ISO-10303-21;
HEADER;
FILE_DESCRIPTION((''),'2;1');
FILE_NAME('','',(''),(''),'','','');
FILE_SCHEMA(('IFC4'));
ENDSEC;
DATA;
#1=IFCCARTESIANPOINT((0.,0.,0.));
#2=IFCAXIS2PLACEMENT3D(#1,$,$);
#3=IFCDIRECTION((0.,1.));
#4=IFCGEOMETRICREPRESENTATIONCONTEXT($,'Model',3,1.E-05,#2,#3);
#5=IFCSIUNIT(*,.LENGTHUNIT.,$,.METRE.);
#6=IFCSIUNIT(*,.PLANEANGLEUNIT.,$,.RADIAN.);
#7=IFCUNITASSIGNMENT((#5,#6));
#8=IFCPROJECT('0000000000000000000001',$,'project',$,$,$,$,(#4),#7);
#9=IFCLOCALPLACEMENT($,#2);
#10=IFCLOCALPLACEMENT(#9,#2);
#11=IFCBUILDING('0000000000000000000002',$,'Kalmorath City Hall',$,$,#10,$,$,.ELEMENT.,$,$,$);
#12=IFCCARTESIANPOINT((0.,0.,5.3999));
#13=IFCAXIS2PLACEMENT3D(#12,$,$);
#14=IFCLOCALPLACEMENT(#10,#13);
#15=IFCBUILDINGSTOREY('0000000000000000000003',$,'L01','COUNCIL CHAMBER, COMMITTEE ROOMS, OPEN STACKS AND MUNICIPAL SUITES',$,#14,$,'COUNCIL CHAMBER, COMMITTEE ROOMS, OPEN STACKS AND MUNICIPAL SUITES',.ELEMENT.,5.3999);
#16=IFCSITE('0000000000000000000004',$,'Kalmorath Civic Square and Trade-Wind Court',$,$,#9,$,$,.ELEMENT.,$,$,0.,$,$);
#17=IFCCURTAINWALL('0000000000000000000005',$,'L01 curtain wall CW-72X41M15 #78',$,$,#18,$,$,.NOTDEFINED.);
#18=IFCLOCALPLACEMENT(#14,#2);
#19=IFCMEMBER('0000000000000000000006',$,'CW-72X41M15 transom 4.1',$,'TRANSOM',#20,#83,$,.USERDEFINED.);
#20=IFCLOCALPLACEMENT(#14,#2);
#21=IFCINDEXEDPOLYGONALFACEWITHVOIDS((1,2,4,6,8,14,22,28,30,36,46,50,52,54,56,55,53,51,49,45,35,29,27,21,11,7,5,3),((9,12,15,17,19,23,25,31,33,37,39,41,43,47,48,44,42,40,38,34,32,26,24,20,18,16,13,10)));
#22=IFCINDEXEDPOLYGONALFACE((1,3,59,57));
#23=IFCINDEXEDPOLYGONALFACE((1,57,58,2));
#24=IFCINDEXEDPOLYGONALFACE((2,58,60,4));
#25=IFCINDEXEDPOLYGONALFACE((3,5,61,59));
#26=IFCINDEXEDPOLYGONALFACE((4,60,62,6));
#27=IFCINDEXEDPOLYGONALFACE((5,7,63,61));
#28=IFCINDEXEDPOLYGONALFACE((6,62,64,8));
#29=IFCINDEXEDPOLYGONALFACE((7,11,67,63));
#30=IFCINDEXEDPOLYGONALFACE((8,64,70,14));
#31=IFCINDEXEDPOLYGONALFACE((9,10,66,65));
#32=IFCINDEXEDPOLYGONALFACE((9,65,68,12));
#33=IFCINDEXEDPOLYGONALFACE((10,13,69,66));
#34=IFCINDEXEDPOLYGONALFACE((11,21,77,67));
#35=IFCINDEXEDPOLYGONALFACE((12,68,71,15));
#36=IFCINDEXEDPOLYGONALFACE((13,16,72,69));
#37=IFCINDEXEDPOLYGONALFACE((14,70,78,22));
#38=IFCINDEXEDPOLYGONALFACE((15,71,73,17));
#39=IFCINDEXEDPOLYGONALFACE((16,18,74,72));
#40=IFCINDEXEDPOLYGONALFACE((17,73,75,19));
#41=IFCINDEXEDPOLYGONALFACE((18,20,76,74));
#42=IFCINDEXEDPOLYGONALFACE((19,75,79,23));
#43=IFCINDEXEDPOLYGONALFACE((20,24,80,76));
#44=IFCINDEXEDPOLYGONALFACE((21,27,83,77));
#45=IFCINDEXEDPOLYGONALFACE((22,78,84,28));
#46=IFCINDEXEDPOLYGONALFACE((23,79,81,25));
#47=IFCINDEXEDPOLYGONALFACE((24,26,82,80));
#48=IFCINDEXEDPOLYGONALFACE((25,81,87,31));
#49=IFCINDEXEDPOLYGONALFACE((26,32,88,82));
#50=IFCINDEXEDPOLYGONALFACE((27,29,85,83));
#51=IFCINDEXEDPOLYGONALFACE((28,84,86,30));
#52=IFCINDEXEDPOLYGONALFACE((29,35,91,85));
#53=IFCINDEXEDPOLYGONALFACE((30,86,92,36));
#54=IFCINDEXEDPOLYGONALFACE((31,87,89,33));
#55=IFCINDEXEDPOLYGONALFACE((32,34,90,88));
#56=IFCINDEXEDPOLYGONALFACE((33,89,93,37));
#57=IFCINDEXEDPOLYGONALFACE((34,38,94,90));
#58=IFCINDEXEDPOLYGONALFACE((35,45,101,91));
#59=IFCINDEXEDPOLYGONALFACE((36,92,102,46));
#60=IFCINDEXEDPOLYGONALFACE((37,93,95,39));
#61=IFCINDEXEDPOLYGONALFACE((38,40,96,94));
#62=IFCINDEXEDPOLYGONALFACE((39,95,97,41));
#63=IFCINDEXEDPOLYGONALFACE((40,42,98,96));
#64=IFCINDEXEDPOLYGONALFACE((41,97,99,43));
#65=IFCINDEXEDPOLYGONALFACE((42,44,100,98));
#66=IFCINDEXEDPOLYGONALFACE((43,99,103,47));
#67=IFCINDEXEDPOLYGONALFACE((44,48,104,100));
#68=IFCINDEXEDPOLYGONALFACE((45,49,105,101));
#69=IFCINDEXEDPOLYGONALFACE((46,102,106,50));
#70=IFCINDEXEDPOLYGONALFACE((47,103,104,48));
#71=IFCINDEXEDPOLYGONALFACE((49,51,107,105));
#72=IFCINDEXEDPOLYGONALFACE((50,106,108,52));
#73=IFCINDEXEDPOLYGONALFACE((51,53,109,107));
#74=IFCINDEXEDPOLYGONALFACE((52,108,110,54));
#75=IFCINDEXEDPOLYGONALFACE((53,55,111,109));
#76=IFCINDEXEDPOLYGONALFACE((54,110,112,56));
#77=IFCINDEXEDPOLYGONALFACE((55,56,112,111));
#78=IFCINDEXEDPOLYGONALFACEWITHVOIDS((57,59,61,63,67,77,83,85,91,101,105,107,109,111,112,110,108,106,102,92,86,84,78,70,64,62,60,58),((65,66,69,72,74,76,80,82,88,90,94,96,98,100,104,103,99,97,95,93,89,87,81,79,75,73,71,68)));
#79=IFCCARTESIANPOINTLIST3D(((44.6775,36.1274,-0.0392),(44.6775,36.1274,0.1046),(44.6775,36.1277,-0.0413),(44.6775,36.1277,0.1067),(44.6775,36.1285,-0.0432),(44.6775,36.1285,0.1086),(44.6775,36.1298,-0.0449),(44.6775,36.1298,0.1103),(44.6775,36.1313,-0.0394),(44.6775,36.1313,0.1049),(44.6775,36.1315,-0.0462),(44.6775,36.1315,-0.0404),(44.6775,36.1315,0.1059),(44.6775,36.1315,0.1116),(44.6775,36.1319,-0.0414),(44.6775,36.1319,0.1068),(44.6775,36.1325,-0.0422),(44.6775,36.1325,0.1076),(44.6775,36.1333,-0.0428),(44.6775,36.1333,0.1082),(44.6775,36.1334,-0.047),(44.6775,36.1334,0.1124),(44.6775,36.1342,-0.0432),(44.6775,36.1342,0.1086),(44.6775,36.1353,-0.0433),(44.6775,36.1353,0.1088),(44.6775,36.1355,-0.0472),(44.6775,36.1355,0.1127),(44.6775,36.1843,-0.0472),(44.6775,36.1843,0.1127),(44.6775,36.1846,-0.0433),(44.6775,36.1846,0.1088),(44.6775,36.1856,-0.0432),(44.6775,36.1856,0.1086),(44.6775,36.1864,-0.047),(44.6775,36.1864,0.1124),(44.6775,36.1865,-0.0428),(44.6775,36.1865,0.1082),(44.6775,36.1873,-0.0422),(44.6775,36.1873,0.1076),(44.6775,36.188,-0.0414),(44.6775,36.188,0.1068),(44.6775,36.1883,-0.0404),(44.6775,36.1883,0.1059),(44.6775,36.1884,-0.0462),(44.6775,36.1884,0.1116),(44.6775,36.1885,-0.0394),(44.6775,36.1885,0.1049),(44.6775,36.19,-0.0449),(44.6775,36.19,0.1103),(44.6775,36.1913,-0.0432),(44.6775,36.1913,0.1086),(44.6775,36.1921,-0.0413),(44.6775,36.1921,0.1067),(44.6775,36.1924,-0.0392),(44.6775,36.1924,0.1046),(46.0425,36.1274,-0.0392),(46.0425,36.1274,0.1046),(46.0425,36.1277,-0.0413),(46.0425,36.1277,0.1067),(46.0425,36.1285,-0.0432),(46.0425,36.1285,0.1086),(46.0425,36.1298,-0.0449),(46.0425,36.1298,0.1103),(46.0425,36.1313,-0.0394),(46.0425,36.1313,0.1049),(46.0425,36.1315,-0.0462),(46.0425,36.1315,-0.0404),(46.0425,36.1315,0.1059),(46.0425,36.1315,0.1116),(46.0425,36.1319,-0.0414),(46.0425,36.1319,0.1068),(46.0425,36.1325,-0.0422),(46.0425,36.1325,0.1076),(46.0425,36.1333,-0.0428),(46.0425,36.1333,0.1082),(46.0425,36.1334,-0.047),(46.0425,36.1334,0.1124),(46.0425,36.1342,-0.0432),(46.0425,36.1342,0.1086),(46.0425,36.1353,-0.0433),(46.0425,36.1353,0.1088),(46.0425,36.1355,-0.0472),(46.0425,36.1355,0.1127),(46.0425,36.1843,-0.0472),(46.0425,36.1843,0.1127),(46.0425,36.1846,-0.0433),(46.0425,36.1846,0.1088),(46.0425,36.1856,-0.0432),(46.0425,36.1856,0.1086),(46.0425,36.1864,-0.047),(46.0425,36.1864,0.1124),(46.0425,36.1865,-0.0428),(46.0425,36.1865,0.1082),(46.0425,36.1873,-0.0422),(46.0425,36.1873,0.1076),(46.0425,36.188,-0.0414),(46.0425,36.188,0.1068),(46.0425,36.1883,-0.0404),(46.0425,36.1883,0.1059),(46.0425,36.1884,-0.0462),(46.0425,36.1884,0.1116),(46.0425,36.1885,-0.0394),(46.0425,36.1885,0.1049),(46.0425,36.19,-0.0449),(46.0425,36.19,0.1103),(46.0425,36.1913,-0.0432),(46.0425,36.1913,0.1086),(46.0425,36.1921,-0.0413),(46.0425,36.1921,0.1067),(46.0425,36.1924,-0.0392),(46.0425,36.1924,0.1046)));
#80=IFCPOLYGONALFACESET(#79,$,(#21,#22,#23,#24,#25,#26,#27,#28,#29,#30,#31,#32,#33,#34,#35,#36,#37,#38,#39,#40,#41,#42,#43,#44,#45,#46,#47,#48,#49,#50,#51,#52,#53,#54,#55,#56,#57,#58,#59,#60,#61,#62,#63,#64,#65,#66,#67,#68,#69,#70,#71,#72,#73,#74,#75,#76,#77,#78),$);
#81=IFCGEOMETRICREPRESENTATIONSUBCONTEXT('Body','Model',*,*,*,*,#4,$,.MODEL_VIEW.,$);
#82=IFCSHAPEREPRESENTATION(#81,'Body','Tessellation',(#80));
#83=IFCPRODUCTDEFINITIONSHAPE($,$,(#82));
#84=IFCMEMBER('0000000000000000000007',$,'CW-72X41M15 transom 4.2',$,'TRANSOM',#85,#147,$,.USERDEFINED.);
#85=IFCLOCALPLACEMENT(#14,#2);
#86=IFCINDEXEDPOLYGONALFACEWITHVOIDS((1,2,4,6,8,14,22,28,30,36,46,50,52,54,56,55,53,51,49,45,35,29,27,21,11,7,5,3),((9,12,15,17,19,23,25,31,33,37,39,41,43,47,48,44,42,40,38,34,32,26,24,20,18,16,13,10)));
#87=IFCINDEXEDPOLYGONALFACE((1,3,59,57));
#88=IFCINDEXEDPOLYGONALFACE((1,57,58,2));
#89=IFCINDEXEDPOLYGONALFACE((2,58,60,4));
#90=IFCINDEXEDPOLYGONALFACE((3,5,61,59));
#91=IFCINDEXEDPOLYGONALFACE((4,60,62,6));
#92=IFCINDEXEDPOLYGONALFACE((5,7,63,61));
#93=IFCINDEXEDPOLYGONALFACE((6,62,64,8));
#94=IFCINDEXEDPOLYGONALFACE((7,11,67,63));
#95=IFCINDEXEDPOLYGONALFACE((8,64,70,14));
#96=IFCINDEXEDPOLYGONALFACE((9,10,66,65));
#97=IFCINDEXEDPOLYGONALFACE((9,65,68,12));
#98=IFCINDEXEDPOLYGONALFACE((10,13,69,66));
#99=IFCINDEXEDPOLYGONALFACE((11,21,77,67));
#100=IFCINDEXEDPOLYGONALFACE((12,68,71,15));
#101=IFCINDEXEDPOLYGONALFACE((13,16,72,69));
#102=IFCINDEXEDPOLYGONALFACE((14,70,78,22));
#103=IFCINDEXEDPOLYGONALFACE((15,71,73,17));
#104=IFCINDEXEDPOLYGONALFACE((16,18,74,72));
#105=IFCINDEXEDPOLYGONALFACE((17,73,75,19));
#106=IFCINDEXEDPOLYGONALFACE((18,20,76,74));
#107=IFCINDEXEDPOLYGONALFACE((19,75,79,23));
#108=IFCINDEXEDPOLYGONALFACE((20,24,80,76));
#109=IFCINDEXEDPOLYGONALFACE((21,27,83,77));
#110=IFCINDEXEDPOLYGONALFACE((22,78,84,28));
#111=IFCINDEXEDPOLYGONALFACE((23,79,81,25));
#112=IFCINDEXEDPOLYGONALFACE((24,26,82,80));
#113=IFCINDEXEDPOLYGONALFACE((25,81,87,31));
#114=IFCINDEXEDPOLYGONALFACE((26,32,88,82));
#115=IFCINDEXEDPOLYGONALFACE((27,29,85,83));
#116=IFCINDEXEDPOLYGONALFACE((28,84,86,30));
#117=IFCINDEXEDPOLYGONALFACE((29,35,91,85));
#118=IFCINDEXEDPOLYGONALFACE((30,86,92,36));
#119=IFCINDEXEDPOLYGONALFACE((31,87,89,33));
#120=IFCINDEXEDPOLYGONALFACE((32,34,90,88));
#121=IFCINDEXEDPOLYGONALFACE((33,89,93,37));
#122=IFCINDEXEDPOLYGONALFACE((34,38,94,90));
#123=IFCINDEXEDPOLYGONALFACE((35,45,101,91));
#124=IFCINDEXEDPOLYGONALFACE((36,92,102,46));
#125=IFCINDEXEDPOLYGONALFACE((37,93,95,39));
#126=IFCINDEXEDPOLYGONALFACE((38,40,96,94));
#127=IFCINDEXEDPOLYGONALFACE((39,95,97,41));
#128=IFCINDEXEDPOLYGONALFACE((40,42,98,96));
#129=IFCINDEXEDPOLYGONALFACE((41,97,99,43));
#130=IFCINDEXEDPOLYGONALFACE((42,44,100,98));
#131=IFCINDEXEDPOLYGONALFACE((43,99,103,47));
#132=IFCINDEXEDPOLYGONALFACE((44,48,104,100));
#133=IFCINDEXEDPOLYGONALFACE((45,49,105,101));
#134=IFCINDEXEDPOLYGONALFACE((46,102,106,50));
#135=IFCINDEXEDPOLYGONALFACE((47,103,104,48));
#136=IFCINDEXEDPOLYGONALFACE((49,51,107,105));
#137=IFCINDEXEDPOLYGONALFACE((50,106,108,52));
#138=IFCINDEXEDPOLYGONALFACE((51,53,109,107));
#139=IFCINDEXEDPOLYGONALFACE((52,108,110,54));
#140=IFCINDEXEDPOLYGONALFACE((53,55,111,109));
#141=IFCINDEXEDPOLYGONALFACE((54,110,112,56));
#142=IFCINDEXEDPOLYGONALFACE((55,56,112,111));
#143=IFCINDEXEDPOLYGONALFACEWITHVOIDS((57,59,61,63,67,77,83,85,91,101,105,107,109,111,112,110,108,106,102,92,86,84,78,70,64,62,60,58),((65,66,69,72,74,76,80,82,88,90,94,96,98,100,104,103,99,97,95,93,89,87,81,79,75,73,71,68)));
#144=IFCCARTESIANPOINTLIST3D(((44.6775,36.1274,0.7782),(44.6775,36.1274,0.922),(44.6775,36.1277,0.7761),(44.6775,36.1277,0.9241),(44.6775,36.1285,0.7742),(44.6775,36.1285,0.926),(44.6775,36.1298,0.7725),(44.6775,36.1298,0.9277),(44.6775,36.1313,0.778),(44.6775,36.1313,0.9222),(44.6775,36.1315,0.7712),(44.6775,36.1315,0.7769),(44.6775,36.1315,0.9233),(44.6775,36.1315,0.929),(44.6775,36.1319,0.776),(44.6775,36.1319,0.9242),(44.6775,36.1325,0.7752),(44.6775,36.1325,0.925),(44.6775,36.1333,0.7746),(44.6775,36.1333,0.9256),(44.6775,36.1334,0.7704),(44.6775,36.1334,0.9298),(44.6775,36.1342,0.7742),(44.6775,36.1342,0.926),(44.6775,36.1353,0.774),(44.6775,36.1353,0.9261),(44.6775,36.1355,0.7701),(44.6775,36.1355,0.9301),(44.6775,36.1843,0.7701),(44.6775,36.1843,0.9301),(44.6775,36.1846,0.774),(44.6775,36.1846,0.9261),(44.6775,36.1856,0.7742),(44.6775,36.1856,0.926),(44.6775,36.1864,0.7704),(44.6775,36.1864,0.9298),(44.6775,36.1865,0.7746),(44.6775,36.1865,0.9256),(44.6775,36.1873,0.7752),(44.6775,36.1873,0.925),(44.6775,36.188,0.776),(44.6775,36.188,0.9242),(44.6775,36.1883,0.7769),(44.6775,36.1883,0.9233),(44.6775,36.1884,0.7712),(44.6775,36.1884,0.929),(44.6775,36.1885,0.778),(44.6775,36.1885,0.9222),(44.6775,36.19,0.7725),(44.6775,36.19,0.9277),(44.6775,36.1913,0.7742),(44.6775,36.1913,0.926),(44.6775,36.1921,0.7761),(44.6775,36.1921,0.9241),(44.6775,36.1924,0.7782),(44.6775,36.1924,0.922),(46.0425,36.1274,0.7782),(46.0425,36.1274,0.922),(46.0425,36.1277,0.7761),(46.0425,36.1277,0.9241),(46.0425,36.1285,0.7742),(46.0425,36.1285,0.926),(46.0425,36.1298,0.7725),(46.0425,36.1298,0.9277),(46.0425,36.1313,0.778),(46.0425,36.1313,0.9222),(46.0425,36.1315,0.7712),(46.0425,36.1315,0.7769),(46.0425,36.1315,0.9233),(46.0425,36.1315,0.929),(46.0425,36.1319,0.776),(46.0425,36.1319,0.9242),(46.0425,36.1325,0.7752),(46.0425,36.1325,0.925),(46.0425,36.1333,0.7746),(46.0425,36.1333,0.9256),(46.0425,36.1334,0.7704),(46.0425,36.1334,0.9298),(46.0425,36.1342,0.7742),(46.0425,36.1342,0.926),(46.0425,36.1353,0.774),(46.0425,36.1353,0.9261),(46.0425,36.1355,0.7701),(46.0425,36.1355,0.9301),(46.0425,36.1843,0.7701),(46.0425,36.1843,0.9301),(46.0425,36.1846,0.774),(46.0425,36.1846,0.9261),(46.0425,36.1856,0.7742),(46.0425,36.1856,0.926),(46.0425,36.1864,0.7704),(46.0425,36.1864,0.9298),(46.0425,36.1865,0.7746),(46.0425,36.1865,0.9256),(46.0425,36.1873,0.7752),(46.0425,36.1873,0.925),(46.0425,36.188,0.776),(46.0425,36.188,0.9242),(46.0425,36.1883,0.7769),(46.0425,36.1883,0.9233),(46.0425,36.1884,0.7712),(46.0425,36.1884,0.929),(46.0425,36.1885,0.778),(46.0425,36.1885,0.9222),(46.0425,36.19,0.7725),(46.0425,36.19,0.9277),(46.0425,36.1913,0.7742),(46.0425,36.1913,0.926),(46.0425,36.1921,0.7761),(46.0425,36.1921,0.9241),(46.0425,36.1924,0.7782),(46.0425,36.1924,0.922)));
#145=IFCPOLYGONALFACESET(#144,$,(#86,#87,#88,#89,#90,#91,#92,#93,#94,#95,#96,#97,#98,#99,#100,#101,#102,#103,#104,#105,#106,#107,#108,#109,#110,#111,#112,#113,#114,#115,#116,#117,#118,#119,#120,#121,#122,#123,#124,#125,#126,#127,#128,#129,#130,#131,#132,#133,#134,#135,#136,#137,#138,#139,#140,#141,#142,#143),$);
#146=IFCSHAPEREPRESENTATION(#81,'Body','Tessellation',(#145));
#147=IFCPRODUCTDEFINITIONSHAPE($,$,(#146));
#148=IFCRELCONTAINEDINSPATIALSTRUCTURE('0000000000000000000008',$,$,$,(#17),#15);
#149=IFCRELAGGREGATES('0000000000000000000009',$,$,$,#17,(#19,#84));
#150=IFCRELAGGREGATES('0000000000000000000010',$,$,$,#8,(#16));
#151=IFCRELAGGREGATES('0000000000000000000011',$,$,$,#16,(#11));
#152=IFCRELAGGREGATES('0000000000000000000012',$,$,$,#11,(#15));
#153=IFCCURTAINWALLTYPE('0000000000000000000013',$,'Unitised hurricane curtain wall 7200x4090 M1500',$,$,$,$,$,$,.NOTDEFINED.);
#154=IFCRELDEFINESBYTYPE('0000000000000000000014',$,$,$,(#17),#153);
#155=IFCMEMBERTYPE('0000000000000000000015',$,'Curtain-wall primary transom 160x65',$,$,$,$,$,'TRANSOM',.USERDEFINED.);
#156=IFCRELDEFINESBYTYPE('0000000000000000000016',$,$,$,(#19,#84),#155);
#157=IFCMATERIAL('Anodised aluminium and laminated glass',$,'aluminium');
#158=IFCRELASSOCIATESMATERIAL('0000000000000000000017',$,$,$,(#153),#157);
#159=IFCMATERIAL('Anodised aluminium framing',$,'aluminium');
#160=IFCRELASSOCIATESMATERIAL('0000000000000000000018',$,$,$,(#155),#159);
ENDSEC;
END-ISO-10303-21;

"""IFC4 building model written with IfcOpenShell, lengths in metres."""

from ifc_helpers import new_model, si_unit, direction, frame, origin, origin_2d, place, context, subcontext, project, spatial, hollow_rectangle, extrude, material, material_profile, profile_set, type_object, element, aggregate, save


model = new_model("IFC4")

# Units and contexts
model_context = context("Model", 3, precision=1e-05, world=origin(), true_north=direction((0.0, 1.0)))
body_context = subcontext(model_context, "Body", "Model", "MODEL_VIEW")
ifc_project = project(units=[si_unit("LENGTHUNIT", "METRE"), si_unit("PLANEANGLEUNIT", "RADIAN")], contexts=[model_context])

# Site, building, storey
site_placement = place(None, origin())
site = spatial("IfcSite", under=ifc_project, at=site_placement, Name="Kalmorath Civic Square and Trade-Wind Court", CompositionType="ELEMENT", RefElevation=0.0)
building_placement = place(site_placement, origin())
building = spatial("IfcBuilding", under=site, at=building_placement, Name="Kalmorath City Hall", CompositionType="ELEMENT")
storey_placement = place(building_placement, frame((0.0, 0.0, 5.3999)))
storey = spatial("IfcBuildingStorey", under=building, at=storey_placement, Name="L01", Description="COUNCIL CHAMBER, COMMITTEE ROOMS, OPEN STACKS AND MUNICIPAL SUITES", LongName="COUNCIL CHAMBER, COMMITTEE ROOMS, OPEN STACKS AND MUNICIPAL SUITES", CompositionType="ELEMENT", Elevation=5.3999)

# Curtain wall
ifc_material_1 = material(Name="Anodised aluminium and laminated glass", Category="aluminium")
curtain_wall_type_1 = type_object("IfcCurtainWallType", Name="Unitised hurricane curtain wall 7200x4090 M1500", PredefinedType="NOTDEFINED", material=ifc_material_1)
curtain_wall_1_placement = place(storey_placement, origin())
curtain_wall_1 = element("IfcCurtainWall", 1, at=curtain_wall_1_placement, inside=storey, type_object=curtain_wall_type_1, Name="L01 curtain wall CW-72X41M15 #78", PredefinedType="NOTDEFINED")

# Members
ifc_material_2 = material(Name="Anodised aluminium framing", Category="aluminium")
ifc_material_profile_1 = material_profile(ifc_material_2, hollow_rectangle(XDim=0.0649, YDim=0.1599, WallThickness=0.0039, InnerFilletRadius=0.0039, OuterFilletRadius=0.0081, at=origin_2d()), Name="ALU-TRN-160X65X4")
ifc_profile_set_1 = profile_set([ifc_material_profile_1], Name="Anodised aluminium framing")
member_type_1 = type_object("IfcMemberType", Name="Curtain-wall primary transom 160x65", ElementType="TRANSOM", PredefinedType="USERDEFINED", material=ifc_profile_set_1)
member_1_placement = place(storey_placement, frame((46.0425, 36.1599, 0.0327), z_axis=(-1.0, 0.0, 0.0), x_axis=(0.0, -1.0, 0.0)))
member_1 = element("IfcMember", 2, at=member_1_placement, type_object=member_type_1, Name="CW-72X41M15 transom 4.1", ObjectType="TRANSOM", PredefinedType="USERDEFINED", context=body_context, shape_type="SweptSolid", body=[
    extrude(hollow_rectangle(XDim=0.0649, YDim=0.1599, WallThickness=0.0039, InnerFilletRadius=0.0039, OuterFilletRadius=0.0081, at=origin_2d()), origin(), (0.0, 0.0, 1.0), 1.365),
])
member_2_placement = place(storey_placement, frame((46.0425, 36.1599, 0.8501), z_axis=(-1.0, 0.0, 0.0), x_axis=(0.0, -1.0, 0.0)))
member_2 = element("IfcMember", 3, at=member_2_placement, type_object=member_type_1, Name="CW-72X41M15 transom 4.2", ObjectType="TRANSOM", PredefinedType="USERDEFINED", context=body_context, shape_type="SweptSolid", body=[
    extrude(hollow_rectangle(XDim=0.0649, YDim=0.1599, WallThickness=0.0039, InnerFilletRadius=0.0039, OuterFilletRadius=0.0081, at=origin_2d()), origin(), (0.0, 0.0, 1.0), 1.365),
])

aggregate(curtain_wall_1, [member_1, member_2])

save(model, "model.ifc")
